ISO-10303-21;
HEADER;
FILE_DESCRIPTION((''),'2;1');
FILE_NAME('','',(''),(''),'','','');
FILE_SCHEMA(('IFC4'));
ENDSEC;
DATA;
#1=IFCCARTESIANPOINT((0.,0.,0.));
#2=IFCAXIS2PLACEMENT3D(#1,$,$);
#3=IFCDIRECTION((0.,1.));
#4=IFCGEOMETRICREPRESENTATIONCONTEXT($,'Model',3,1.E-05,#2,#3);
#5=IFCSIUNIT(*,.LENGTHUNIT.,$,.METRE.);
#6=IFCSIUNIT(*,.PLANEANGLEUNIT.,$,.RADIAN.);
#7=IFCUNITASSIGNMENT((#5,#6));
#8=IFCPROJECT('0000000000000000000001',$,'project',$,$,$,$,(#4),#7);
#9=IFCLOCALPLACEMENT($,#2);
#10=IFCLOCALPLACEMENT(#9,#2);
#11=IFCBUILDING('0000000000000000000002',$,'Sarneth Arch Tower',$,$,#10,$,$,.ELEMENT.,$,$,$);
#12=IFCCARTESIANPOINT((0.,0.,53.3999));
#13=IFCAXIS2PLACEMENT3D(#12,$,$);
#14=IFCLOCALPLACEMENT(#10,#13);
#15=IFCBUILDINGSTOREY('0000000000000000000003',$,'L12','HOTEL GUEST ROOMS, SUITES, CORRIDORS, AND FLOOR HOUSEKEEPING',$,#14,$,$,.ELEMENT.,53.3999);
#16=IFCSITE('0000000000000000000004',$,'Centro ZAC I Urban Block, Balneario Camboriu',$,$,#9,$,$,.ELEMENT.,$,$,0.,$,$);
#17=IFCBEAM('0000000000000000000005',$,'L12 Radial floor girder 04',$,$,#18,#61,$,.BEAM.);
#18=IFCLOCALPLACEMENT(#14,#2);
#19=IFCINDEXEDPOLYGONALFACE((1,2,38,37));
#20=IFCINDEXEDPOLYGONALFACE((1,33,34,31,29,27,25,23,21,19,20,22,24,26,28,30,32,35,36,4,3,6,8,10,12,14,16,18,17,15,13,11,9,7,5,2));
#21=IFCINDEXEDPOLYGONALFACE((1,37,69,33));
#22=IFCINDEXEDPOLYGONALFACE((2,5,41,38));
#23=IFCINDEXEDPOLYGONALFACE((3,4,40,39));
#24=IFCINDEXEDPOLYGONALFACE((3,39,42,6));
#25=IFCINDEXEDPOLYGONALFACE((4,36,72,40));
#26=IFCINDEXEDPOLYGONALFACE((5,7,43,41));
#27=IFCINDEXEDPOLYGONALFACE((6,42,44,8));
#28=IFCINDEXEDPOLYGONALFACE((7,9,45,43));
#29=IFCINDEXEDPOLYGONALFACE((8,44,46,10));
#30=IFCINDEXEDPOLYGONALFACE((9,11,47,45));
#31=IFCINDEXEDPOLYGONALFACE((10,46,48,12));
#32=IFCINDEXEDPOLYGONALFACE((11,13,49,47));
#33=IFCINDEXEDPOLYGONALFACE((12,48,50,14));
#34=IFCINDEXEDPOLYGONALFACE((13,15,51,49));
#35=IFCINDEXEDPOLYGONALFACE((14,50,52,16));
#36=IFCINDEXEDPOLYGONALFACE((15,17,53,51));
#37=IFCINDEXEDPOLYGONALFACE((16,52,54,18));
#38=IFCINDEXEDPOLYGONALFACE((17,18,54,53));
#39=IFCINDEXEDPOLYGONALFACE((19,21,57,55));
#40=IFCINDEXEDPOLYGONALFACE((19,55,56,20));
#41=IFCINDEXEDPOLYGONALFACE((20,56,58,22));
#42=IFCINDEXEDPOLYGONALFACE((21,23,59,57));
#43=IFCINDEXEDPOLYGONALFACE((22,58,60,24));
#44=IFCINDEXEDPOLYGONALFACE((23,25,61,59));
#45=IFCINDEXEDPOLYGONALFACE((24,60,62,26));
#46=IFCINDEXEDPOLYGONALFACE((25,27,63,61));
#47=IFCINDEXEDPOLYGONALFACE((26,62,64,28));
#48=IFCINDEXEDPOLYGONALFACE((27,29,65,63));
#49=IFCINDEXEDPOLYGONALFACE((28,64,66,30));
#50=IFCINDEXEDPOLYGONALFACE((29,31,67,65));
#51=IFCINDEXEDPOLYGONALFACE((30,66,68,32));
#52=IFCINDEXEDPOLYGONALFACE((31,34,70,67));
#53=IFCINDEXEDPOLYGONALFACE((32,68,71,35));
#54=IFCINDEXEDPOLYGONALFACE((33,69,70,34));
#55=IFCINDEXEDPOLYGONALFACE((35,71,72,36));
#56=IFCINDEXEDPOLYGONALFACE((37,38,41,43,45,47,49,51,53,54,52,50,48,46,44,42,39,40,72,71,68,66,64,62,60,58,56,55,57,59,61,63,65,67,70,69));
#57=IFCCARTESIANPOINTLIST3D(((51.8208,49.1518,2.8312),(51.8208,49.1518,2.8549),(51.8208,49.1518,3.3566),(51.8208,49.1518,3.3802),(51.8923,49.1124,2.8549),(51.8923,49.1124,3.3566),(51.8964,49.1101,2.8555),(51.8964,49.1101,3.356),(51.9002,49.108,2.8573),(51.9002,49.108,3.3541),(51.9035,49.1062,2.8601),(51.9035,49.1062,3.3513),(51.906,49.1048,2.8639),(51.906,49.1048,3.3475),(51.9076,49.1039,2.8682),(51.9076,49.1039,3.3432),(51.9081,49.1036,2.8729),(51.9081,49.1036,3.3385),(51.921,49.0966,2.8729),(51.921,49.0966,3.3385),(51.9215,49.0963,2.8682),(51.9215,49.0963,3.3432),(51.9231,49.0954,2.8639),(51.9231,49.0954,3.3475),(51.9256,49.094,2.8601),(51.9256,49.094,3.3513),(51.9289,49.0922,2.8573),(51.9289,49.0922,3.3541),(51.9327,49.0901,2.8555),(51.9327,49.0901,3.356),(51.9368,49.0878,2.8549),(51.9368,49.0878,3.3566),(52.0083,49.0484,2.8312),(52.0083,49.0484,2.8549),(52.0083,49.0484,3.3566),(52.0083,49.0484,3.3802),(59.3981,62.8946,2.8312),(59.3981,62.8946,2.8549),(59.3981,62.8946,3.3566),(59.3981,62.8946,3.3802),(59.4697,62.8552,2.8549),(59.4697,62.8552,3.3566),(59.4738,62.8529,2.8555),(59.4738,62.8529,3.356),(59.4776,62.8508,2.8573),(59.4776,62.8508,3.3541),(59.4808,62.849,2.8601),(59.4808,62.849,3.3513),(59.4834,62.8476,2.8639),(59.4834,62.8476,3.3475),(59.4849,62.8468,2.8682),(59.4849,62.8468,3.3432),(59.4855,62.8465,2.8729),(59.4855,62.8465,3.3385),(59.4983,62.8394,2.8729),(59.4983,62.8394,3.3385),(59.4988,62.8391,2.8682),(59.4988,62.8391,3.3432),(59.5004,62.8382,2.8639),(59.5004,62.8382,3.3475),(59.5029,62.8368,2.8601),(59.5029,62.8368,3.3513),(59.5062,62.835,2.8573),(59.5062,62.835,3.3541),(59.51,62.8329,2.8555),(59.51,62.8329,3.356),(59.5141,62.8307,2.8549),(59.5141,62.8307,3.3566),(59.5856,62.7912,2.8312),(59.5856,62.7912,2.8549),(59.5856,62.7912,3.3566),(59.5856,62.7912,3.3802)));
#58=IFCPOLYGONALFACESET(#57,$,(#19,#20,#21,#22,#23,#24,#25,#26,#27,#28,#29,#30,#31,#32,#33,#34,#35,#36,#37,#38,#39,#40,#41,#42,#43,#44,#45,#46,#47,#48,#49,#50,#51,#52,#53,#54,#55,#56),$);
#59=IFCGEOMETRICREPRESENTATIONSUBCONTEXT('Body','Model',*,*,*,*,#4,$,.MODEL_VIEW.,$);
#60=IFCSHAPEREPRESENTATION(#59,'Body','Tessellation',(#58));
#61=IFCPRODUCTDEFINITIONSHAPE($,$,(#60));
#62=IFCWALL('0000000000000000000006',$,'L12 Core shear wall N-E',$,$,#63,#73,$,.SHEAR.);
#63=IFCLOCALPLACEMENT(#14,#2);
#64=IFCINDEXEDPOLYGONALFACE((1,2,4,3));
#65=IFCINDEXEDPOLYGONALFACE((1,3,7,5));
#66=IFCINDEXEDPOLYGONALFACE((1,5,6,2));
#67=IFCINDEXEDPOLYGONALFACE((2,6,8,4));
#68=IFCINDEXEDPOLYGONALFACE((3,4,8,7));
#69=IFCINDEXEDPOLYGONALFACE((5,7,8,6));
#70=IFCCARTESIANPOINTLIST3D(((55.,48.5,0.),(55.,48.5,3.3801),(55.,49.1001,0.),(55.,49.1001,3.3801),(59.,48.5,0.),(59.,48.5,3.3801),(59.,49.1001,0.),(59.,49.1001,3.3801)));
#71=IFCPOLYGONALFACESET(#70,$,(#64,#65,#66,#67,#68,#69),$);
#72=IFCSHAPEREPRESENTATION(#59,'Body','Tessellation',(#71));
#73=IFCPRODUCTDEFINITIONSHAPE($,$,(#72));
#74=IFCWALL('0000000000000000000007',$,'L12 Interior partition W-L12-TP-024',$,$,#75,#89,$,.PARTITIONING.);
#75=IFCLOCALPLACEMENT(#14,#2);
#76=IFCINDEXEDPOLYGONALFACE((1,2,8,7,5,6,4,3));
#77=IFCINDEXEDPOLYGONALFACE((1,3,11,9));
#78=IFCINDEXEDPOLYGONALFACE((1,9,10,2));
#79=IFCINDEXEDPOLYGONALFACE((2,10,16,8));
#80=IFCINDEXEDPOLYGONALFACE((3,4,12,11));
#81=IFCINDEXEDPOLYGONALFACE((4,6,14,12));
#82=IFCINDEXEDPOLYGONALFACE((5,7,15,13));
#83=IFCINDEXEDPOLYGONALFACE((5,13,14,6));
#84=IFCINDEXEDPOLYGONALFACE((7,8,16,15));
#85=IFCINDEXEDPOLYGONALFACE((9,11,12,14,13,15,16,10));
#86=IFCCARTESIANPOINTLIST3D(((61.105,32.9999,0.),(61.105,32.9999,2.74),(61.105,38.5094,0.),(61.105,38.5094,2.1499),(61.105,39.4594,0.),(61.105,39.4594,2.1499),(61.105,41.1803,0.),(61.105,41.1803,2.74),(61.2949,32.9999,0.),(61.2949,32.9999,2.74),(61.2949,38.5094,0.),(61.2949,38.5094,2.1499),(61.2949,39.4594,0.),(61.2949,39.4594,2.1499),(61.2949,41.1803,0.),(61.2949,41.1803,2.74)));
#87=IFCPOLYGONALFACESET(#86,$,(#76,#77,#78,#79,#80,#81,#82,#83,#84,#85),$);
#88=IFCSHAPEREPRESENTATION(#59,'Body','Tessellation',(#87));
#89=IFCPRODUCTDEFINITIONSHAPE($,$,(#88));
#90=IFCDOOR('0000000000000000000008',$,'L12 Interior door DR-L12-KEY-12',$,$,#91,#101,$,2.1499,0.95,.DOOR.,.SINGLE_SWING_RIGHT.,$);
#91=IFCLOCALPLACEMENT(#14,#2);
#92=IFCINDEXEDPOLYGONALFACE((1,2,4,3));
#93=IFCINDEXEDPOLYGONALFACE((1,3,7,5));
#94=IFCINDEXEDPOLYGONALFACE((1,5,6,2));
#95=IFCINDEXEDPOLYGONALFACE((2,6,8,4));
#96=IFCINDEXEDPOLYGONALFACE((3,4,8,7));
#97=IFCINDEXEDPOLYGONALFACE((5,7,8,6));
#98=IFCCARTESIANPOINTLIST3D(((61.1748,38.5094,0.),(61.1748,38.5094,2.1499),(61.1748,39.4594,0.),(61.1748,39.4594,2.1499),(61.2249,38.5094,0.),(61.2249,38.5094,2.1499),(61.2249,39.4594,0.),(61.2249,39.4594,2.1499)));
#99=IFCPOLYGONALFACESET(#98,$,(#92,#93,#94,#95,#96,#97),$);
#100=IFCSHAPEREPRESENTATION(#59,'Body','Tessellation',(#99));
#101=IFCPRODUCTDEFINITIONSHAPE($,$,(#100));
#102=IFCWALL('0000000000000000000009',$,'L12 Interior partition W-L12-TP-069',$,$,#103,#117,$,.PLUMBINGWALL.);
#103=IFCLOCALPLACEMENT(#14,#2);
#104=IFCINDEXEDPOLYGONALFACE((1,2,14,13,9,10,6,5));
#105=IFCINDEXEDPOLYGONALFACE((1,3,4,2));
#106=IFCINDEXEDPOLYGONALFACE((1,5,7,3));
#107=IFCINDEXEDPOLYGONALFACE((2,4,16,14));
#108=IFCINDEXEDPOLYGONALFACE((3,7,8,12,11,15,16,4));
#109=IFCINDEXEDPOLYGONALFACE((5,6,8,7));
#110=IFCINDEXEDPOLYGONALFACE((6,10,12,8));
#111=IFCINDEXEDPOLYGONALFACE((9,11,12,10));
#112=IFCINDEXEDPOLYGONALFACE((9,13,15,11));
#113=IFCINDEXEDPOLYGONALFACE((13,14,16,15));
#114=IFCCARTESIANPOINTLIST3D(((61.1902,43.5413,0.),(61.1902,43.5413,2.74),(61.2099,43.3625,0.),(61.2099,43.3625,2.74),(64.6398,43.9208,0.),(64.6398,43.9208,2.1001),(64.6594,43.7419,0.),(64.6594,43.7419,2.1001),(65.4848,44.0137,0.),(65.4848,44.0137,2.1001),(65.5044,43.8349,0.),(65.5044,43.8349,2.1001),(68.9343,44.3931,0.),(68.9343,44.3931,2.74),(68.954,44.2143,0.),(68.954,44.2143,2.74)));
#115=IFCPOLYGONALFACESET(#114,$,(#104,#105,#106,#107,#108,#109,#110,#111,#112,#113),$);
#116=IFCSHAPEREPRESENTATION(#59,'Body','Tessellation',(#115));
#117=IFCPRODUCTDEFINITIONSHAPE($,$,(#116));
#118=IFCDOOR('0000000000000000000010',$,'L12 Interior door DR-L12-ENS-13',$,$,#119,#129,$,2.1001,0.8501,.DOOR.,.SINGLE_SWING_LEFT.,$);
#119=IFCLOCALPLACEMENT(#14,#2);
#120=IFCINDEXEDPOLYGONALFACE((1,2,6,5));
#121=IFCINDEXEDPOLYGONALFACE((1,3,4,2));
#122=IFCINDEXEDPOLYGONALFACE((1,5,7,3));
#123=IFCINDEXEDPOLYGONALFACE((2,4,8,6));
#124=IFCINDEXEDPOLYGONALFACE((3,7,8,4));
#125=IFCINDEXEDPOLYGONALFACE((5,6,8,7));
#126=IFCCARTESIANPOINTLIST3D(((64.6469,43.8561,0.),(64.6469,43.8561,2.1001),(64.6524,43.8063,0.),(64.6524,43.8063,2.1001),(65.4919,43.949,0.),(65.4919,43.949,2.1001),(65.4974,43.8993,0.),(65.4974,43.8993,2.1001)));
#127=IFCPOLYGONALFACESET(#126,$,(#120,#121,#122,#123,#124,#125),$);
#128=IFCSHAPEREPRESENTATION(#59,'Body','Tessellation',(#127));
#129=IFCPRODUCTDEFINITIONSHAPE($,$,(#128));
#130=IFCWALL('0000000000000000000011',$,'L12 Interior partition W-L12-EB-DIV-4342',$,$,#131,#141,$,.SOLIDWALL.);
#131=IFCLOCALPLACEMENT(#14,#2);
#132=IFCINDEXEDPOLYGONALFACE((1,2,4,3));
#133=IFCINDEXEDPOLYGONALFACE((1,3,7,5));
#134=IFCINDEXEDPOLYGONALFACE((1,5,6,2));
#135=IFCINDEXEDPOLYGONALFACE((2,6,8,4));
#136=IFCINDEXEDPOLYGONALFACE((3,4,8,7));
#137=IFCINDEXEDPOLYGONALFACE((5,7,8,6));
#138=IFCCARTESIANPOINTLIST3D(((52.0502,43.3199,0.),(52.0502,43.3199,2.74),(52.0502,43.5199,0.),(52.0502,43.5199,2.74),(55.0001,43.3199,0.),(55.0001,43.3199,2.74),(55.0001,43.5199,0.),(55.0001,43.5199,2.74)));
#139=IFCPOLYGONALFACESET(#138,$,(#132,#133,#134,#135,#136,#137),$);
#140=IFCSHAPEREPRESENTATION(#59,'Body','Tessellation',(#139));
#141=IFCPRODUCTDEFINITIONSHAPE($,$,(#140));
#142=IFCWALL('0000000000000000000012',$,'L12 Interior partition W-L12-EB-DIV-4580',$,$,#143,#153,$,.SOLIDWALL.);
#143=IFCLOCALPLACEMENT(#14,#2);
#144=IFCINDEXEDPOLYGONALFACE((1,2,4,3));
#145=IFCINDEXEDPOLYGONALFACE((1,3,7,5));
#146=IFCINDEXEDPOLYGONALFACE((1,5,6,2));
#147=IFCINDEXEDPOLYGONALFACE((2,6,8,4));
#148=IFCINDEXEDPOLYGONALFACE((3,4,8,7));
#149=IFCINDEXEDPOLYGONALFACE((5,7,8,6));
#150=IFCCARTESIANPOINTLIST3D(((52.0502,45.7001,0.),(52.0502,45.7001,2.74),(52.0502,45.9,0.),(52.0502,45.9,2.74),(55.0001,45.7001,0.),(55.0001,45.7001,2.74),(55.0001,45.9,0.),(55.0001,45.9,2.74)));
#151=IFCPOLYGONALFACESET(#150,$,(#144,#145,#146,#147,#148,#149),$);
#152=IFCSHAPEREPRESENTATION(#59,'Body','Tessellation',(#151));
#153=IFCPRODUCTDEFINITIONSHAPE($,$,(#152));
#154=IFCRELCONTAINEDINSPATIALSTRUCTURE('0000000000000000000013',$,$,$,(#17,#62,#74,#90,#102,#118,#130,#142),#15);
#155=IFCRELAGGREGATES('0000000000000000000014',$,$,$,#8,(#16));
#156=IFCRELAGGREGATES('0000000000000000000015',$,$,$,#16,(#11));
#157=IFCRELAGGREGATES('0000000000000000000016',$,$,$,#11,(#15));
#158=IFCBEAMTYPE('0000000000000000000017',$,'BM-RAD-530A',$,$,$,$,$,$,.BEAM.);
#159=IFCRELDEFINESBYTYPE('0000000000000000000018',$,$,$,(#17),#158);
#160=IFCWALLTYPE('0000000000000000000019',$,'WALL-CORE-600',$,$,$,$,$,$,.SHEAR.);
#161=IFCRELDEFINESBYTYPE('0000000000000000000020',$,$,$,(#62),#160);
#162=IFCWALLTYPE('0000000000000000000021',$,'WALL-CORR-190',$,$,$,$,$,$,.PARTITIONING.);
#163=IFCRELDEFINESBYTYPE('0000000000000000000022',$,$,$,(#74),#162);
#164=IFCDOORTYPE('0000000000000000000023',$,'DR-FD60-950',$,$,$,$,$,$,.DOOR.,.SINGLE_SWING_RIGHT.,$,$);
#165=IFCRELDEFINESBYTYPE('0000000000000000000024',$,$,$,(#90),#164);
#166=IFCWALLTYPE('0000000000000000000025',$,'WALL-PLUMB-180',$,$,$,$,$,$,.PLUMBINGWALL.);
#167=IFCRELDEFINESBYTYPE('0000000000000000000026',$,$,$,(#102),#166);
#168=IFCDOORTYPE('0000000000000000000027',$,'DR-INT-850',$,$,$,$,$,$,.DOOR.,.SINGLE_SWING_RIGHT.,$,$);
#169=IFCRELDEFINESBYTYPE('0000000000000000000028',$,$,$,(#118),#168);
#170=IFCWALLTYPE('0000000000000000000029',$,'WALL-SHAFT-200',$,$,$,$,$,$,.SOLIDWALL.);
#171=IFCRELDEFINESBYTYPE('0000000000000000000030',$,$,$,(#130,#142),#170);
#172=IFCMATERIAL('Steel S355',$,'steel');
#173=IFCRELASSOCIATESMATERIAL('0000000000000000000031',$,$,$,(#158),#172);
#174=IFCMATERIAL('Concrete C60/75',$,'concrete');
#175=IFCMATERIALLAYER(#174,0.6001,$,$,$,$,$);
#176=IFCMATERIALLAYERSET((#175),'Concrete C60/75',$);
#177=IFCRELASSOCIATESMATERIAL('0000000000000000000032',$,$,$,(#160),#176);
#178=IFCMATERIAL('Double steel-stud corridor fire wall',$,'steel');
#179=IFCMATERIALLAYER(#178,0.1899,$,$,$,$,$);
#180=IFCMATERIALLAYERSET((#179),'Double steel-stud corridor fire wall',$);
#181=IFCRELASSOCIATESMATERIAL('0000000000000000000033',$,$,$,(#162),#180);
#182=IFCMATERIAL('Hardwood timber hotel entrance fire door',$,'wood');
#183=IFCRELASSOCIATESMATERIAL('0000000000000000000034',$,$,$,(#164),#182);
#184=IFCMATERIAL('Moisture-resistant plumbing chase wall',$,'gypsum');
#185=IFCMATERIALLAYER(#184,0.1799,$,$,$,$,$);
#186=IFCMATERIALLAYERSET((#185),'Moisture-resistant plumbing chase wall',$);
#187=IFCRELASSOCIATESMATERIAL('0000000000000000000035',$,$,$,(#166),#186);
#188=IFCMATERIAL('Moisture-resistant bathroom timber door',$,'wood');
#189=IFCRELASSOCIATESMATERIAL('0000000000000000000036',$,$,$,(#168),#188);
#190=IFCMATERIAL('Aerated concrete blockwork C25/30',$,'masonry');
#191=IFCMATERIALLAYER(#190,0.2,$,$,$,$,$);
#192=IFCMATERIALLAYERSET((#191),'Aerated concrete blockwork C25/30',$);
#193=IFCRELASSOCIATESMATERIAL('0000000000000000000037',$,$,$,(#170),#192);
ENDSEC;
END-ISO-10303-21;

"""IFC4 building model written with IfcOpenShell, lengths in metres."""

from ifc_helpers import new_model, si_unit, direction, frame, frame_2d, origin, origin_2d, place, context, subcontext, project, spatial, rectangle, i_section, extrude, material, layer, layer_set, material_profile, profile_set, type_object, element, fill, save


model = new_model("IFC4")

# Units and contexts
model_context = context("Model", 3, precision=1e-05, world=origin(), true_north=direction((0.0, 1.0)))
body_context = subcontext(model_context, "Body", "Model", "MODEL_VIEW")
ifc_project = project(units=[si_unit("LENGTHUNIT", "METRE"), si_unit("PLANEANGLEUNIT", "RADIAN")], contexts=[model_context])

# Site, building, storey
site_placement = place(None, origin())
site = spatial("IfcSite", under=ifc_project, at=site_placement, Name="Centro ZAC I Urban Block, Balneario Camboriu", CompositionType="ELEMENT", RefElevation=0.0)
building_placement = place(site_placement, origin())
building = spatial("IfcBuilding", under=site, at=building_placement, Name="Sarneth Arch Tower", CompositionType="ELEMENT")
storey_placement = place(building_placement, frame((0.0, 0.0, 53.3999)))
storey = spatial("IfcBuildingStorey", under=building, at=storey_placement, Name="L12", Description="HOTEL GUEST ROOMS, SUITES, CORRIDORS, AND FLOOR HOUSEKEEPING", CompositionType="ELEMENT", Elevation=53.3999)

# Beam
ifc_material_1 = material(Name="Steel S355", Category="steel")
ifc_material_profile_1 = material_profile(ifc_material_1, i_section(OverallWidth=0.2141, OverallDepth=0.5491, WebThickness=0.0146, FlangeThickness=0.0237, FilletRadius=0.0181, at=origin_2d()), Name="W530x138")
ifc_profile_set_1 = profile_set([ifc_material_profile_1], Name="Steel S355")
beam_type_1 = type_object("IfcBeamType", Name="BM-RAD-530A", PredefinedType="BEAM", material=ifc_profile_set_1)
beam_1_placement = place(storey_placement, frame((51.9146, 49.1001, 3.1057), z_axis=(0.482838, 0.87571, 0.0), x_axis=(-0.87571, 0.482838, 0.0)))
element("IfcBeam", 1, at=beam_1_placement, inside=storey, type_object=beam_type_1, Name="L12 Radial floor girder 04", PredefinedType="BEAM", context=body_context, shape_type="SweptSolid", body=[
    extrude(i_section(OverallWidth=0.2141, OverallDepth=0.5491, WebThickness=0.0146, FlangeThickness=0.0237, FilletRadius=0.0181, at=origin_2d()), origin(), (0.0, 0.0, 1.0), 15.6934),
])

# Wall
ifc_material_2 = material(Name="Concrete C60/75", Category="concrete")
ifc_layer_1 = layer(ifc_material_2, 0.6001)
ifc_layer_set_1 = layer_set([ifc_layer_1], Name="Concrete C60/75")
wall_type_1 = type_object("IfcWallType", Name="WALL-CORE-600", PredefinedType="SHEAR", material=ifc_layer_set_1)
wall_1_placement = place(storey_placement, frame((55.0, 48.8, 0.0), z_axis=(0.0, 0.0, 1.0), x_axis=(1.0, 0.0, 0.0)))
element("IfcWall", 2, at=wall_1_placement, inside=storey, type_object=wall_type_1, Name="L12 Core shear wall N-E", PredefinedType="SHEAR", context=body_context, shape_type="SweptSolid", body=[
    extrude(rectangle(XDim=4.0, YDim=0.6001, at=frame_2d((2.0, 0.0))), origin(), (0.0, 0.0, 1.0), 3.3801),
])

# Walls, openings, doors
ifc_material_3 = material(Name="Double steel-stud corridor fire wall", Category="steel")
ifc_layer_2 = layer(ifc_material_3, 0.1899)
ifc_layer_set_2 = layer_set([ifc_layer_2], Name="Double steel-stud corridor fire wall")
wall_type_2 = type_object("IfcWallType", Name="WALL-CORR-190", PredefinedType="PARTITIONING", material=ifc_layer_set_2)
wall_2_placement = place(storey_placement, frame((61.2, 41.1804, 0.0), z_axis=(0.0, 0.0, 1.0), x_axis=(0.0, -1.0, 0.0)))
wall_2 = element("IfcWall", 3, at=wall_2_placement, inside=storey, type_object=wall_type_2, Name="L12 Interior partition W-L12-TP-024", PredefinedType="PARTITIONING", context=body_context, shape_type="SweptSolid", body=[
    extrude(rectangle(XDim=8.1804, YDim=0.1899, at=frame_2d((4.0903, 0.0))), origin(), (0.0, 0.0, 1.0), 2.74),
])
opening_1_placement = place(wall_2_placement, frame((1.7209, 0.0, 0.0)))
opening_1 = element("IfcOpeningElement", 4, at=opening_1_placement, cuts=wall_2, PredefinedType="OPENING", context=body_context, shape_type="SweptSolid", body=[
    extrude(rectangle(XDim=0.95, YDim=2.1499, at=frame_2d((0.4751, 1.075))), frame((0.0, 0.105, 0.0), z_axis=(0.0, -1.0, 0.0), x_axis=(1.0, 0.0, 0.0)), (0.0, 0.0, 1.0), 0.21),
])
ifc_material_4 = material(Name="Hardwood timber hotel entrance fire door", Category="wood")
door_type_1 = type_object("IfcDoorType", Name="DR-FD60-950", OperationType="SINGLE_SWING_RIGHT", PredefinedType="DOOR", material=ifc_material_4)
door_1_placement = place(opening_1_placement, origin())
door_1 = element("IfcDoor", 5, at=door_1_placement, inside=storey, type_object=door_type_1, Name="L12 Interior door DR-L12-KEY-12", OperationType="SINGLE_SWING_RIGHT", OverallHeight=2.1499, OverallWidth=0.95, PredefinedType="DOOR", context=body_context, shape_type="SweptSolid", body=[
    extrude(rectangle(XDim=0.95, YDim=2.1499, at=frame_2d((0.4751, 1.075))), frame((0.0, 0.0249, 0.0), z_axis=(0.0, -1.0, 0.0), x_axis=(1.0, 0.0, 0.0)), (0.0, 0.0, 1.0), 0.05),
])
fill(opening_1, door_1)
ifc_material_5 = material(Name="Moisture-resistant plumbing chase wall", Category="gypsum")
ifc_layer_3 = layer(ifc_material_5, 0.1799)
ifc_layer_set_3 = layer_set([ifc_layer_3], Name="Moisture-resistant plumbing chase wall")
wall_type_3 = type_object("IfcWallType", Name="WALL-PLUMB-180", PredefinedType="PLUMBINGWALL", material=ifc_layer_set_3)
wall_3_placement = place(storey_placement, frame((61.2, 43.4519, 0.0), z_axis=(0.0, 0.0, 1.0), x_axis=(0.994005, 0.109334, 0.0)))
wall_3 = element("IfcWall", 6, at=wall_3_placement, inside=storey, type_object=wall_type_3, Name="L12 Interior partition W-L12-TP-069", PredefinedType="PLUMBINGWALL", context=body_context, shape_type="SweptSolid", body=[
    extrude(rectangle(XDim=7.7908, YDim=0.1799, at=frame_2d((3.8955, 0.0))), origin(), (0.0, 0.0, 1.0), 2.74),
])
opening_2_placement = place(wall_3_placement, frame((3.4705, 0.0, 0.0)))
opening_2 = element("IfcOpeningElement", 7, at=opening_2_placement, cuts=wall_3, PredefinedType="OPENING", context=body_context, shape_type="SweptSolid", body=[
    extrude(rectangle(XDim=0.8501, YDim=2.1001, at=frame_2d((0.425, 1.05))), frame((0.0, 0.0999, 0.0), z_axis=(0.0, -1.0, 0.0), x_axis=(1.0, 0.0, 0.0)), (0.0, 0.0, 1.0), 0.2),
])
ifc_material_6 = material(Name="Moisture-resistant bathroom timber door", Category="wood")
door_type_2 = type_object("IfcDoorType", Name="DR-INT-850", OperationType="SINGLE_SWING_RIGHT", PredefinedType="DOOR", material=ifc_material_6)
door_2_placement = place(opening_2_placement, origin())
door_2 = element("IfcDoor", 8, at=door_2_placement, inside=storey, type_object=door_type_2, Name="L12 Interior door DR-L12-ENS-13", OperationType="SINGLE_SWING_LEFT", OverallHeight=2.1001, OverallWidth=0.8501, PredefinedType="DOOR", context=body_context, shape_type="SweptSolid", body=[
    extrude(rectangle(XDim=0.8501, YDim=2.1001, at=frame_2d((0.425, 1.05))), frame((0.0, 0.0249, 0.0), z_axis=(0.0, -1.0, 0.0), x_axis=(1.0, 0.0, 0.0)), (0.0, 0.0, 1.0), 0.05),
])
fill(opening_2, door_2)

# Walls
ifc_material_7 = material(Name="Aerated concrete blockwork C25/30", Category="masonry")
ifc_layer_4 = layer(ifc_material_7, 0.2)
ifc_layer_set_4 = layer_set([ifc_layer_4], Name="Aerated concrete blockwork C25/30")
wall_type_4 = type_object("IfcWallType", Name="WALL-SHAFT-200", PredefinedType="SOLIDWALL", material=ifc_layer_set_4)
for number, where, z_axis, x_axis, name in (
    (9, (52.05, 43.4199, 0.0), (0.0, 0.0, 1.0), (1.0, 0.0, 0.0), "L12 Interior partition W-L12-EB-DIV-4342"),
    (10, (52.05, 45.8, 0.0), (0.0, 0.0, 1.0), (1.0, 0.0, 0.0), "L12 Interior partition W-L12-EB-DIV-4580"),
):
    element("IfcWall", number, at=place(storey_placement, frame(where, z_axis=z_axis, x_axis=x_axis)), inside=storey, type_object=wall_type_4, Name=name, PredefinedType="SOLIDWALL", context=body_context, shape_type="SweptSolid", body=[
        extrude(rectangle(XDim=2.95, YDim=0.2, at=frame_2d((1.4751, 0.0))), origin(), (0.0, 0.0, 1.0), 2.74),
    ])

save(model, "model.ifc")
